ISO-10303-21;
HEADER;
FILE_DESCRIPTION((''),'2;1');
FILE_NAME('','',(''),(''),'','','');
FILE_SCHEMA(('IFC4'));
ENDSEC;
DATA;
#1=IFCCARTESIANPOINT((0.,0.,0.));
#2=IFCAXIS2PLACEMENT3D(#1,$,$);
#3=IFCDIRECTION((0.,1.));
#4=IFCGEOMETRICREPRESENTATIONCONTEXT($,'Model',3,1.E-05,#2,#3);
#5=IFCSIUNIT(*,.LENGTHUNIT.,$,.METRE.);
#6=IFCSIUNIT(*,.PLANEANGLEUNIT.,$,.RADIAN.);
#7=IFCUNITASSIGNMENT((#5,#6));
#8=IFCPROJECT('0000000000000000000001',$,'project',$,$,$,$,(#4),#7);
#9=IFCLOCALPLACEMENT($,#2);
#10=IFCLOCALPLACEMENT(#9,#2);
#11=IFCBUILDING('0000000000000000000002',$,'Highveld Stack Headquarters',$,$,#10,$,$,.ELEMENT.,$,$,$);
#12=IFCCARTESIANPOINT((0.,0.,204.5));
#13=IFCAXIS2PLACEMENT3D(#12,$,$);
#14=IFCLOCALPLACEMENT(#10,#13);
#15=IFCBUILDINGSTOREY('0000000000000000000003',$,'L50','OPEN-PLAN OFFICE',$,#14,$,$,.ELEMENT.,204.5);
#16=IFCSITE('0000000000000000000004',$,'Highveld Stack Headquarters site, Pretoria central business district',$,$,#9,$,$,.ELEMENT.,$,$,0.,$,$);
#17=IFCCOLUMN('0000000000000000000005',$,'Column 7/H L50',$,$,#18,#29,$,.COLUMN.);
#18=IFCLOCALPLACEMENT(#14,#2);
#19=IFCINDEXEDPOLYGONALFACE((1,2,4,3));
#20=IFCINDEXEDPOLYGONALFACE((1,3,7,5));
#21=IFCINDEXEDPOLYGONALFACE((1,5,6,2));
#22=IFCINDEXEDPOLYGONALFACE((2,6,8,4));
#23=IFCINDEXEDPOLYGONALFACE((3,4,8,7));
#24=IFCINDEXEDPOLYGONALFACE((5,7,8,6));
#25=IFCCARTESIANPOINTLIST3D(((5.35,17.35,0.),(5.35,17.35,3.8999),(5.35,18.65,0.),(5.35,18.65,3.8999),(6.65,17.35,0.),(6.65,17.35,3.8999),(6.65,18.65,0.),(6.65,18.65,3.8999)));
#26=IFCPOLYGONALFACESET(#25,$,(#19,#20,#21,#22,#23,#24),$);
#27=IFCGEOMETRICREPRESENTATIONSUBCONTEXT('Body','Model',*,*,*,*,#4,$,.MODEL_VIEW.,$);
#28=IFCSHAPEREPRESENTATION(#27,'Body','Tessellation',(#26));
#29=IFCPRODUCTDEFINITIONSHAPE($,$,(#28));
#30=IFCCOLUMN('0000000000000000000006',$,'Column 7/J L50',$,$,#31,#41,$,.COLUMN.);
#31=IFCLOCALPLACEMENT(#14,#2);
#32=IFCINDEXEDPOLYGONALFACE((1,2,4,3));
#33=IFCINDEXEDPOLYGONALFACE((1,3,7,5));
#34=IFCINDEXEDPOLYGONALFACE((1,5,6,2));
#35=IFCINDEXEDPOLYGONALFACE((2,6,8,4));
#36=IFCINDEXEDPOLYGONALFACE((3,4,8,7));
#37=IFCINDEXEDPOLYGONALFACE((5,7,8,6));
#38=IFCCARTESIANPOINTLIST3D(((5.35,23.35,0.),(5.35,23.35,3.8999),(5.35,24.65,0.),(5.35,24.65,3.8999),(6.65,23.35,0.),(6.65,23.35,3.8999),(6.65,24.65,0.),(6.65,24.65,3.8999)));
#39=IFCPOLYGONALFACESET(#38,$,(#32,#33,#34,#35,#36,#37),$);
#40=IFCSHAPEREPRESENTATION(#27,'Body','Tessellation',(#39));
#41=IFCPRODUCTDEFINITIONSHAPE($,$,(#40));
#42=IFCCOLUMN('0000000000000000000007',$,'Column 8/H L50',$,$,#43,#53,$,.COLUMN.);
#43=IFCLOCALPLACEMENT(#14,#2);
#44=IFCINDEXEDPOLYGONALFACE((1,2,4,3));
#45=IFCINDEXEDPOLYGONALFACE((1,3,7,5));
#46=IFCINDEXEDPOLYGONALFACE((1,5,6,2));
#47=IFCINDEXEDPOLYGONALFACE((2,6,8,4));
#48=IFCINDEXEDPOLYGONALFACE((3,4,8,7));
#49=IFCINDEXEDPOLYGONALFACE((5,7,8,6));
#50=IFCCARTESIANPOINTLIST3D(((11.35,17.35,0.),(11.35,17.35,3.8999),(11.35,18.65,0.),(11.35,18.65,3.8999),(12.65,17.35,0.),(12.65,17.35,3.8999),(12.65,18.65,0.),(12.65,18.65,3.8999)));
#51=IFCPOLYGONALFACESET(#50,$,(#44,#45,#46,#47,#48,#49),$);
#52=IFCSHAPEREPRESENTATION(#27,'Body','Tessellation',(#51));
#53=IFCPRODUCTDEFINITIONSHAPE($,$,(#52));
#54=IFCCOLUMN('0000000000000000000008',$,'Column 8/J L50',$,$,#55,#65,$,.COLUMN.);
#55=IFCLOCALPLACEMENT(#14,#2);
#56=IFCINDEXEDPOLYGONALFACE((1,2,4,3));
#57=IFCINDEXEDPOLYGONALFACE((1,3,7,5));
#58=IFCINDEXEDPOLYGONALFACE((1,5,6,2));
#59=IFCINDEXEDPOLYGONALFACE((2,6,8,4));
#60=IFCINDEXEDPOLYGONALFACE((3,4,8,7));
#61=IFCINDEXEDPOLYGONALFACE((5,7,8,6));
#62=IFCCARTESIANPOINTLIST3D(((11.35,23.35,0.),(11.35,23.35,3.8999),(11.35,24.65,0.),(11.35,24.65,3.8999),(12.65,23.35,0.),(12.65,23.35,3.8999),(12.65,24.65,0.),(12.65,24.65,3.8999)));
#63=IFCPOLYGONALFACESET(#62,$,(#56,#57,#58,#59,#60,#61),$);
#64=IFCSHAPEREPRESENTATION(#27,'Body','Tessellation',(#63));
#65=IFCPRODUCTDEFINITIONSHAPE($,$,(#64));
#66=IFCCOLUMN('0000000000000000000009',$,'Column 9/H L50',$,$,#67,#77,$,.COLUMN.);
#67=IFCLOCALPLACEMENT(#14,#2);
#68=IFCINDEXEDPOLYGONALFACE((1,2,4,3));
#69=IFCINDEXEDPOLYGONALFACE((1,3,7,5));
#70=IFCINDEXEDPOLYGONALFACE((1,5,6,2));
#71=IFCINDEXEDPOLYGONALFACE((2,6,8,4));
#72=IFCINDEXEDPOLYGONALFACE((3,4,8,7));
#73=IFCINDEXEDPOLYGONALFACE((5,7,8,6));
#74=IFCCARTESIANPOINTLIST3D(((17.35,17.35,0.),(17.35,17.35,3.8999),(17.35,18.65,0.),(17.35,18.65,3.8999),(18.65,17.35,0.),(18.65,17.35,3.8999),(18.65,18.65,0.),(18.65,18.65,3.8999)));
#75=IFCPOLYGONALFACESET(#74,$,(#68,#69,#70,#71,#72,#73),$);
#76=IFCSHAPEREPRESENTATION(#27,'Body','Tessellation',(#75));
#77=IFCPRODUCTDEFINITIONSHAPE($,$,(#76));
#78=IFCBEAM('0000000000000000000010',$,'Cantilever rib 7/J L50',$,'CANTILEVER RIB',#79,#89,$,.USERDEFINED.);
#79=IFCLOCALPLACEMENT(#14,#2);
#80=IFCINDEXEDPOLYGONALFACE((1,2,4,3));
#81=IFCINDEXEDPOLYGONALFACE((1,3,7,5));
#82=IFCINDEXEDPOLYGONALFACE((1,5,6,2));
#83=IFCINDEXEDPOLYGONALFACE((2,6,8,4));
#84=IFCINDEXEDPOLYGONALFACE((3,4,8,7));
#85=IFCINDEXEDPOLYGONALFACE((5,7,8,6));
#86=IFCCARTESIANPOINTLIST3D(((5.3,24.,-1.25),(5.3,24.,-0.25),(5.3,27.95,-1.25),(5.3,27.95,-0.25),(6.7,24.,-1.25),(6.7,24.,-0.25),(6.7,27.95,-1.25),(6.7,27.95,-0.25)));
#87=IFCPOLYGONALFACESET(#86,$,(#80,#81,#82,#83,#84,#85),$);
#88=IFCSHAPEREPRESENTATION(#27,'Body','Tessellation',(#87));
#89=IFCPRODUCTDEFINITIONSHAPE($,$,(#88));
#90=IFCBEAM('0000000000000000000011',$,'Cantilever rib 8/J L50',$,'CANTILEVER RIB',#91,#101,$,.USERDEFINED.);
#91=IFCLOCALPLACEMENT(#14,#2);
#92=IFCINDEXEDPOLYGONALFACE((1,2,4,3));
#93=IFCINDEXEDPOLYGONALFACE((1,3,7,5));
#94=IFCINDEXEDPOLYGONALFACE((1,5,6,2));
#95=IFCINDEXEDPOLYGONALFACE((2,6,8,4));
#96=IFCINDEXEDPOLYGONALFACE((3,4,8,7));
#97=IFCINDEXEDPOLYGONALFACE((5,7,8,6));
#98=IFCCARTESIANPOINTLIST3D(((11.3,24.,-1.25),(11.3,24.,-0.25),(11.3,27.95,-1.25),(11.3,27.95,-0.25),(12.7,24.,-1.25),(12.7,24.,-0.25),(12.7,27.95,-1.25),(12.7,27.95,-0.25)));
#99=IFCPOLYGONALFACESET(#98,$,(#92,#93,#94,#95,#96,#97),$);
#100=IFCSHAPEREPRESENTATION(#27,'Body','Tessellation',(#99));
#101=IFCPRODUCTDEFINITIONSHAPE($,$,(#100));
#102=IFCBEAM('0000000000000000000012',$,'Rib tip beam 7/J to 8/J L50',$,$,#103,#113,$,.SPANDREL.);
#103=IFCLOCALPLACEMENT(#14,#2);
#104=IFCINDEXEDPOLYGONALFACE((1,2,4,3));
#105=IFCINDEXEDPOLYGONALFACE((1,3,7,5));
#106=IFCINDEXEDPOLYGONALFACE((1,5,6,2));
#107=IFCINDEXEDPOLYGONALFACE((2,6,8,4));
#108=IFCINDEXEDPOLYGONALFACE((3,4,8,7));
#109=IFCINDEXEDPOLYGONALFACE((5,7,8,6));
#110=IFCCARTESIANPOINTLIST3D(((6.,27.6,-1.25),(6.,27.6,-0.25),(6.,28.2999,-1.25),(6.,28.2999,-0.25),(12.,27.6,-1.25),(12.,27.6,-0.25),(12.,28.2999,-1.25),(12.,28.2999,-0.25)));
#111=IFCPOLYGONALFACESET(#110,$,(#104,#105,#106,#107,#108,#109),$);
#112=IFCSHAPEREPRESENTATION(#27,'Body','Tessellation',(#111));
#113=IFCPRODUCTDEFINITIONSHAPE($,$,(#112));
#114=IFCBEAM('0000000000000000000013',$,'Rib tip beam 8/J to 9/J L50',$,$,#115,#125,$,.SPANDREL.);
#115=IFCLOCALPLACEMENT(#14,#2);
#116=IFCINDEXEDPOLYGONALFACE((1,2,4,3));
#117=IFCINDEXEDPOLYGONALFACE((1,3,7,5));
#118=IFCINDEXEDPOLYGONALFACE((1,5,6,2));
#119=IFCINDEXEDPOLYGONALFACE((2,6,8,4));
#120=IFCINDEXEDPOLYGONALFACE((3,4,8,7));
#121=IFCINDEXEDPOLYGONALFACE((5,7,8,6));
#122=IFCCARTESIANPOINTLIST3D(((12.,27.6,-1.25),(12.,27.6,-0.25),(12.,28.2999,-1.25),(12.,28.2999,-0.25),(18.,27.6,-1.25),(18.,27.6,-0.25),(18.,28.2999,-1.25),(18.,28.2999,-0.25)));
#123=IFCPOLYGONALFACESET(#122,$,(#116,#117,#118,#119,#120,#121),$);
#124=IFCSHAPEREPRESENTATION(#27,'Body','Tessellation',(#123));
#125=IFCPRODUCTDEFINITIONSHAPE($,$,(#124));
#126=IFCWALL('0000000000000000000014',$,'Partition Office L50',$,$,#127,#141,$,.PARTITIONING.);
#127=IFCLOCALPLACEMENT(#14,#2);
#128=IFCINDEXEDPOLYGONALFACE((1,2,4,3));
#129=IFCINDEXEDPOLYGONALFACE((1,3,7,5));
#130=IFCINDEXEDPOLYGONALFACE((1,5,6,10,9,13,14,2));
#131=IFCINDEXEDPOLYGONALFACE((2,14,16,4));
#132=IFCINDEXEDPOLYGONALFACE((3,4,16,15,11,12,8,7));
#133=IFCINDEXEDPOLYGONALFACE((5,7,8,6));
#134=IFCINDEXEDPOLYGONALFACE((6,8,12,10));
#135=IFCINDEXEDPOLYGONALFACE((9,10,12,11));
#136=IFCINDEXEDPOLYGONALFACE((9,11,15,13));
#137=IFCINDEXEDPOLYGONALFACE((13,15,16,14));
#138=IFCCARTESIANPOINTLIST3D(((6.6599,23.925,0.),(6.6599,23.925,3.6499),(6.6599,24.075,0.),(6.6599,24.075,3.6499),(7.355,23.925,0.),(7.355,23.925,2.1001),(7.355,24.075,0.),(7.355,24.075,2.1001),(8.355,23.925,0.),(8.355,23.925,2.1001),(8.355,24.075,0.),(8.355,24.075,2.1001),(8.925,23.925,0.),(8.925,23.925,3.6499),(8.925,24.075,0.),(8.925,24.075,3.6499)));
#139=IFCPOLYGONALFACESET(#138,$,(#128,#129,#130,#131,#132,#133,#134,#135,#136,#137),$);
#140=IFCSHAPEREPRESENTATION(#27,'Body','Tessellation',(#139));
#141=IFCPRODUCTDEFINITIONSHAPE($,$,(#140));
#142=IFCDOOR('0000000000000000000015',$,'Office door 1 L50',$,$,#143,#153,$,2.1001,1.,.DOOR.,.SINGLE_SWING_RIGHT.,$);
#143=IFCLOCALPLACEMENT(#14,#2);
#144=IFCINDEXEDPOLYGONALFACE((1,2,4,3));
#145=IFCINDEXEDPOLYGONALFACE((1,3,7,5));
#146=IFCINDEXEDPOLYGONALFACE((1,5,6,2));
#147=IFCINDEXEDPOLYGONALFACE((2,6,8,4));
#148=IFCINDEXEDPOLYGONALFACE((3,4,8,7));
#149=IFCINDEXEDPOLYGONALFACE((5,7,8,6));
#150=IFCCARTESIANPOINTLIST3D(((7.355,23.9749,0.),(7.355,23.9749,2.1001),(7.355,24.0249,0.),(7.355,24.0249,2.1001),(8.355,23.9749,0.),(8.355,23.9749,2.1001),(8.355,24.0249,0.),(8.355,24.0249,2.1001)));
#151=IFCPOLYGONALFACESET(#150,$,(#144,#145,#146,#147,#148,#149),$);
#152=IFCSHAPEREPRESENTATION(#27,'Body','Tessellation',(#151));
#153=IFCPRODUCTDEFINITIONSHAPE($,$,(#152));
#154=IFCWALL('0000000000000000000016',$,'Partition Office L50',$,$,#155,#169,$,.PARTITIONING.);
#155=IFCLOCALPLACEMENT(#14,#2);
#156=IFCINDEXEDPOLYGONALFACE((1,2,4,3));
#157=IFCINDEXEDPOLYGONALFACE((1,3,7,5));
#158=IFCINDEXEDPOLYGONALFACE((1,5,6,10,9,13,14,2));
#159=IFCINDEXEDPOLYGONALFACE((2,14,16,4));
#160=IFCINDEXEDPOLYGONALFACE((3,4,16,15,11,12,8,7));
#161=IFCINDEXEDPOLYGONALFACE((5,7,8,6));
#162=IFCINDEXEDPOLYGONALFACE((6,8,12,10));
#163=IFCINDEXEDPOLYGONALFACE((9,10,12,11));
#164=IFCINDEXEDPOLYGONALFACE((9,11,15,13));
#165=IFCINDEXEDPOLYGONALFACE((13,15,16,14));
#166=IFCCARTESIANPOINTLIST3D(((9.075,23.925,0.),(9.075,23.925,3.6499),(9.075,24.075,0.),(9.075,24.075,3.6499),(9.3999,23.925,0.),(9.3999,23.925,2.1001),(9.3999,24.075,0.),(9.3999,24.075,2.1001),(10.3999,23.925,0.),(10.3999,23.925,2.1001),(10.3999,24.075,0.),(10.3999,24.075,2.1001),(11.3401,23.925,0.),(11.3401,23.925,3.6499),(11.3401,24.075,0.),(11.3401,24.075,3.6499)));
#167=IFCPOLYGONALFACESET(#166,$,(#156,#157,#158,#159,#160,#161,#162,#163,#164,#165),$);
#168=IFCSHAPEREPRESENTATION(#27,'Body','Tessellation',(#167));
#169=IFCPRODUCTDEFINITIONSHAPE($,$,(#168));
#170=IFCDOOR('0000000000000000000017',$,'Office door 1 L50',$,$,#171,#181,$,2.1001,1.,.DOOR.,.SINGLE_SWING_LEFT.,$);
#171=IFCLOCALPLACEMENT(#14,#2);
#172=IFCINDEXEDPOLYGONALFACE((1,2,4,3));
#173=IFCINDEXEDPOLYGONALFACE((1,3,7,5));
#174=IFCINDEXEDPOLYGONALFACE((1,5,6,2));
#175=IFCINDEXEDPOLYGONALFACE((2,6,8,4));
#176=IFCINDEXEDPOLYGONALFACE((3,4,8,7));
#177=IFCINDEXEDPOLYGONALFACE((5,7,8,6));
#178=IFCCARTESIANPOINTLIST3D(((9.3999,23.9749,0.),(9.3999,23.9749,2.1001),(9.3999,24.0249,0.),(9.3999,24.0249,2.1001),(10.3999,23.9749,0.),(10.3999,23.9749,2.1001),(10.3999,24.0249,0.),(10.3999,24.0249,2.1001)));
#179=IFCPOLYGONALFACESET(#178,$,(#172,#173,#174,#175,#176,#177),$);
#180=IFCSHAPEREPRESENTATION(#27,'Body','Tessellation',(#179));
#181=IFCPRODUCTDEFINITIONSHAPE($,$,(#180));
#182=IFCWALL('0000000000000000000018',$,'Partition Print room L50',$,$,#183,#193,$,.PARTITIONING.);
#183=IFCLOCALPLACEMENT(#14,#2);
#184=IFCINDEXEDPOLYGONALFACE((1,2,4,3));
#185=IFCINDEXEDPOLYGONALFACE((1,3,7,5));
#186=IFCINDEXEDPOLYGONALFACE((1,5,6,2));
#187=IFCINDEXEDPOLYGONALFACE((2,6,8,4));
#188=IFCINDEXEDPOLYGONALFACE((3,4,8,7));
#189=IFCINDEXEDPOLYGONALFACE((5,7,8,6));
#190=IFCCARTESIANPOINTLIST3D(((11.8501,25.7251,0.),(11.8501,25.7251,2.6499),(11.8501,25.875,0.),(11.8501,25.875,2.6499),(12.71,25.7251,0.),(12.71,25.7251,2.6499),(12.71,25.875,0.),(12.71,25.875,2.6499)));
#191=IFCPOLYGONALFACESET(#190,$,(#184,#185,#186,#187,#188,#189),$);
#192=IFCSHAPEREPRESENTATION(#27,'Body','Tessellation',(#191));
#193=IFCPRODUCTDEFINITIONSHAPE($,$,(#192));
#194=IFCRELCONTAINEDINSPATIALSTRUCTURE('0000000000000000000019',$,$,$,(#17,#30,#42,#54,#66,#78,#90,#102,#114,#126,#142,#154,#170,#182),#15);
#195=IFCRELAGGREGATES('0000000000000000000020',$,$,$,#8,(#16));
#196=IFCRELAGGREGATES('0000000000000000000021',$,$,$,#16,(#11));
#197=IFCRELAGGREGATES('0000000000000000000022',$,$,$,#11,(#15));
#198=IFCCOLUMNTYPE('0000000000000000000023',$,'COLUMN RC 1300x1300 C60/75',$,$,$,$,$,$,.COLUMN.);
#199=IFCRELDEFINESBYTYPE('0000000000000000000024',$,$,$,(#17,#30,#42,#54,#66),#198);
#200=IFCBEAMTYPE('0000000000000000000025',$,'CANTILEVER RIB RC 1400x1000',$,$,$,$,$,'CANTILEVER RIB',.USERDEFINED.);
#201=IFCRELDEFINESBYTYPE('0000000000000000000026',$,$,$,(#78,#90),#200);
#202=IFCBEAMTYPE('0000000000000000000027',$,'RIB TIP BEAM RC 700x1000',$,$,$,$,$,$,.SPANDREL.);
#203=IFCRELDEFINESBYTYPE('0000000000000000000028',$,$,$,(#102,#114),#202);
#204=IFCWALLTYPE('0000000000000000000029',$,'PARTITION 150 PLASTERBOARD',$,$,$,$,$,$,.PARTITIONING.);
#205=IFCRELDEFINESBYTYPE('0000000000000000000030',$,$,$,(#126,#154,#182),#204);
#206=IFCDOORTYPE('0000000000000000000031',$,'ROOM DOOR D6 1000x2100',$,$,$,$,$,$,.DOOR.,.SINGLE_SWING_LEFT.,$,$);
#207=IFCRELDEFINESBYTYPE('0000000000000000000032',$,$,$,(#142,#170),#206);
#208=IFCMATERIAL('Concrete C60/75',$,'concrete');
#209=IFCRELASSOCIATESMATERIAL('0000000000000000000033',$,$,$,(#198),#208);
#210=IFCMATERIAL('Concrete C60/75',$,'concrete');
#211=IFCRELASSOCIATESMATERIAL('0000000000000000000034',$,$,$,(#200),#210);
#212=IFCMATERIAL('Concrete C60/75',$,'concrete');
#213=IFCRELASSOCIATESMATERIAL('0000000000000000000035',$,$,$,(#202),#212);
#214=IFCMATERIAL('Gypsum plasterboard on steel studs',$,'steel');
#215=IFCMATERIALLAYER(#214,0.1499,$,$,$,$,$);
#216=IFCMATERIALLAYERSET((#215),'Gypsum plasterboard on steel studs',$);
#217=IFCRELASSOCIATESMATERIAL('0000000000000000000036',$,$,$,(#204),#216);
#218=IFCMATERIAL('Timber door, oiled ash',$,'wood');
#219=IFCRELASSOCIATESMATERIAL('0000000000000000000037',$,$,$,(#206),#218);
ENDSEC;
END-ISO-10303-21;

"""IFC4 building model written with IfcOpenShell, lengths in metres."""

from ifc_helpers import new_model, si_unit, direction, frame, frame_2d, origin, origin_2d, place, context, subcontext, project, spatial, rectangle, extrude, material, layer, layer_set, material_profile, profile_set, type_object, element, fill, save


model = new_model("IFC4")

# Units and contexts
model_context = context("Model", 3, precision=1e-05, world=origin(), true_north=direction((0.0, 1.0)))
body_context = subcontext(model_context, "Body", "Model", "MODEL_VIEW")
ifc_project = project(units=[si_unit("LENGTHUNIT", "METRE"), si_unit("PLANEANGLEUNIT", "RADIAN")], contexts=[model_context])

# Site, building, storey
site_placement = place(None, origin())
site = spatial("IfcSite", under=ifc_project, at=site_placement, Name="Highveld Stack Headquarters site, Pretoria central business district", CompositionType="ELEMENT", RefElevation=0.0)
building_placement = place(site_placement, origin())
building = spatial("IfcBuilding", under=site, at=building_placement, Name="Highveld Stack Headquarters", CompositionType="ELEMENT")
storey_placement = place(building_placement, frame((0.0, 0.0, 204.5)))
storey = spatial("IfcBuildingStorey", under=building, at=storey_placement, Name="L50", Description="OPEN-PLAN OFFICE", CompositionType="ELEMENT", Elevation=204.5)

# Columns
ifc_material_1 = material(Name="Concrete C60/75", Category="concrete")
ifc_material_profile_1 = material_profile(ifc_material_1, rectangle(XDim=1.3, YDim=1.3, at=origin_2d()), Name="RC 1300x1300")
ifc_profile_set_1 = profile_set([ifc_material_profile_1], Name="Concrete C60/75")
column_type = type_object("IfcColumnType", Name="COLUMN RC 1300x1300 C60/75", PredefinedType="COLUMN", material=ifc_profile_set_1)
for number, where, z_axis, x_axis, name in (
    (1, (6.0, 18.0, 0.0), (0.0, 0.0, 1.0), (1.0, 0.0, 0.0), "Column 7/H L50"),
    (2, (6.0, 24.0, 0.0), (0.0, 0.0, 1.0), (1.0, 0.0, 0.0), "Column 7/J L50"),
    (3, (12.0, 18.0, 0.0), (0.0, 0.0, 1.0), (1.0, 0.0, 0.0), "Column 8/H L50"),
    (4, (12.0, 24.0, 0.0), (0.0, 0.0, 1.0), (1.0, 0.0, 0.0), "Column 8/J L50"),
    (5, (18.0, 18.0, 0.0), (0.0, 0.0, 1.0), (1.0, 0.0, 0.0), "Column 9/H L50"),
):
    element("IfcColumn", number, at=place(storey_placement, frame(where, z_axis=z_axis, x_axis=x_axis)), inside=storey, type_object=column_type, Name=name, PredefinedType="COLUMN", context=body_context, shape_type="SweptSolid", body=[
        extrude(rectangle(XDim=1.3, YDim=1.3, at=origin_2d()), origin(), (0.0, 0.0, 1.0), 3.8999),
    ])

# Beams
ifc_material_2 = material(Name="Concrete C60/75", Category="concrete")
ifc_material_profile_2 = material_profile(ifc_material_2, rectangle(XDim=1.3999, YDim=1.0, at=origin_2d()), Name="RC 1400x1000")
ifc_profile_set_2 = profile_set([ifc_material_profile_2], Name="Concrete C60/75")
beam_type_1 = type_object("IfcBeamType", Name="CANTILEVER RIB RC 1400x1000", ElementType="CANTILEVER RIB", PredefinedType="USERDEFINED", material=ifc_profile_set_2)
for number, where, z_axis, x_axis, name in (
    (6, (6.0, 24.0, -0.75), (0.0, 1.0, 0.0), (-1.0, 0.0, 0.0), "Cantilever rib 7/J L50"),
    (7, (12.0, 24.0, -0.75), (0.0, 1.0, 0.0), (-1.0, 0.0, 0.0), "Cantilever rib 8/J L50"),
):
    element("IfcBeam", number, at=place(storey_placement, frame(where, z_axis=z_axis, x_axis=x_axis)), inside=storey, type_object=beam_type_1, Name=name, ObjectType="CANTILEVER RIB", PredefinedType="USERDEFINED", context=body_context, shape_type="SweptSolid", body=[
        extrude(rectangle(XDim=1.3999, YDim=1.0, at=origin_2d()), origin(), (0.0, 0.0, 1.0), 3.95),
    ])
ifc_material_3 = material(Name="Concrete C60/75", Category="concrete")
ifc_material_profile_3 = material_profile(ifc_material_3, rectangle(XDim=0.7, YDim=1.0, at=origin_2d()), Name="RC 700x1000")
ifc_profile_set_3 = profile_set([ifc_material_profile_3], Name="Concrete C60/75")
beam_type_2 = type_object("IfcBeamType", Name="RIB TIP BEAM RC 700x1000", PredefinedType="SPANDREL", material=ifc_profile_set_3)
for number, where, z_axis, x_axis, name in (
    (8, (6.0, 27.95, -0.75), (1.0, 0.0, 0.0), (0.0, 1.0, 0.0), "Rib tip beam 7/J to 8/J L50"),
    (9, (12.0, 27.95, -0.75), (1.0, 0.0, 0.0), (0.0, 1.0, 0.0), "Rib tip beam 8/J to 9/J L50"),
):
    element("IfcBeam", number, at=place(storey_placement, frame(where, z_axis=z_axis, x_axis=x_axis)), inside=storey, type_object=beam_type_2, Name=name, PredefinedType="SPANDREL", context=body_context, shape_type="SweptSolid", body=[
        extrude(rectangle(XDim=0.7, YDim=1.0, at=origin_2d()), origin(), (0.0, 0.0, 1.0), 6.0),
    ])

# Walls, openings, doors
ifc_material_4 = material(Name="Gypsum plasterboard on steel studs", Category="steel")
ifc_layer = layer(ifc_material_4, 0.1499)
ifc_layer_set = layer_set([ifc_layer], Name="Gypsum plasterboard on steel studs")
wall_type = type_object("IfcWallType", Name="PARTITION 150 PLASTERBOARD", PredefinedType="PARTITIONING", material=ifc_layer_set)
wall_1_placement = place(storey_placement, frame((6.6599, 24.0, 0.0), z_axis=(0.0, 0.0, 1.0), x_axis=(1.0, 0.0, 0.0)))
wall_1 = element("IfcWall", 10, at=wall_1_placement, inside=storey, type_object=wall_type, Name="Partition Office L50", PredefinedType="PARTITIONING", context=body_context, shape_type="SweptSolid", body=[
    extrude(rectangle(XDim=2.2651, YDim=0.1499, at=frame_2d((1.1326, 0.0))), origin(), (0.0, 0.0, 1.0), 3.6499),
])
opening_1_placement = place(wall_1_placement, frame((0.6951, 0.0, 0.0)))
opening_1 = element("IfcOpeningElement", 11, at=opening_1_placement, cuts=wall_1, PredefinedType="OPENING", context=body_context, shape_type="SweptSolid", body=[
    extrude(rectangle(XDim=1.0, YDim=2.1001, at=frame_2d((0.5, 1.05))), frame((0.0, 0.085, 0.0), z_axis=(0.0, -1.0, 0.0), x_axis=(1.0, 0.0, 0.0)), (0.0, 0.0, 1.0), 0.1699),
])
ifc_material_5 = material(Name="Timber door, oiled ash", Category="wood")
door_type = type_object("IfcDoorType", Name="ROOM DOOR D6 1000x2100", OperationType="SINGLE_SWING_LEFT", PredefinedType="DOOR", material=ifc_material_5)
door_1_placement = place(opening_1_placement, origin())
door_1 = element("IfcDoor", 12, at=door_1_placement, inside=storey, type_object=door_type, Name="Office door 1 L50", OperationType="SINGLE_SWING_RIGHT", OverallHeight=2.1001, OverallWidth=1.0, PredefinedType="DOOR", context=body_context, shape_type="SweptSolid", body=[
    extrude(rectangle(XDim=1.0, YDim=2.1001, at=frame_2d((0.5, 1.05))), frame((0.0, 0.0249, 0.0), z_axis=(0.0, -1.0, 0.0), x_axis=(1.0, 0.0, 0.0)), (0.0, 0.0, 1.0), 0.05),
])
fill(opening_1, door_1)
wall_2_placement = place(storey_placement, frame((9.075, 24.0, 0.0), z_axis=(0.0, 0.0, 1.0), x_axis=(1.0, 0.0, 0.0)))
wall_2 = element("IfcWall", 13, at=wall_2_placement, inside=storey, type_object=wall_type, Name="Partition Office L50", PredefinedType="PARTITIONING", context=body_context, shape_type="SweptSolid", body=[
    extrude(rectangle(XDim=2.2651, YDim=0.1499, at=frame_2d((1.1326, 0.0))), origin(), (0.0, 0.0, 1.0), 3.6499),
])
opening_2_placement = place(wall_2_placement, frame((0.325, 0.0, 0.0)))
opening_2 = element("IfcOpeningElement", 14, at=opening_2_placement, cuts=wall_2, PredefinedType="OPENING", context=body_context, shape_type="SweptSolid", body=[
    extrude(rectangle(XDim=1.0, YDim=2.1001, at=frame_2d((0.5, 1.05))), frame((0.0, 0.085, 0.0), z_axis=(0.0, -1.0, 0.0), x_axis=(1.0, 0.0, 0.0)), (0.0, 0.0, 1.0), 0.1699),
])
door_2_placement = place(opening_2_placement, origin())
door_2 = element("IfcDoor", 15, at=door_2_placement, inside=storey, type_object=door_type, Name="Office door 1 L50", OperationType="SINGLE_SWING_LEFT", OverallHeight=2.1001, OverallWidth=1.0, PredefinedType="DOOR", context=body_context, shape_type="SweptSolid", body=[
    extrude(rectangle(XDim=1.0, YDim=2.1001, at=frame_2d((0.5, 1.05))), frame((0.0, 0.0249, 0.0), z_axis=(0.0, -1.0, 0.0), x_axis=(1.0, 0.0, 0.0)), (0.0, 0.0, 1.0), 0.05),
])
fill(opening_2, door_2)

# Wall
wall_3_placement = place(storey_placement, frame((11.8501, 25.8, 0.0), z_axis=(0.0, 0.0, 1.0), x_axis=(1.0, 0.0, 0.0)))
element("IfcWall", 16, at=wall_3_placement, inside=storey, type_object=wall_type, Name="Partition Print room L50", PredefinedType="PARTITIONING", context=body_context, shape_type="SweptSolid", body=[
    extrude(rectangle(XDim=0.8599, YDim=0.1499, at=frame_2d((0.4299, 0.0))), origin(), (0.0, 0.0, 1.0), 2.6499),
])

save(model, "model.ifc")
